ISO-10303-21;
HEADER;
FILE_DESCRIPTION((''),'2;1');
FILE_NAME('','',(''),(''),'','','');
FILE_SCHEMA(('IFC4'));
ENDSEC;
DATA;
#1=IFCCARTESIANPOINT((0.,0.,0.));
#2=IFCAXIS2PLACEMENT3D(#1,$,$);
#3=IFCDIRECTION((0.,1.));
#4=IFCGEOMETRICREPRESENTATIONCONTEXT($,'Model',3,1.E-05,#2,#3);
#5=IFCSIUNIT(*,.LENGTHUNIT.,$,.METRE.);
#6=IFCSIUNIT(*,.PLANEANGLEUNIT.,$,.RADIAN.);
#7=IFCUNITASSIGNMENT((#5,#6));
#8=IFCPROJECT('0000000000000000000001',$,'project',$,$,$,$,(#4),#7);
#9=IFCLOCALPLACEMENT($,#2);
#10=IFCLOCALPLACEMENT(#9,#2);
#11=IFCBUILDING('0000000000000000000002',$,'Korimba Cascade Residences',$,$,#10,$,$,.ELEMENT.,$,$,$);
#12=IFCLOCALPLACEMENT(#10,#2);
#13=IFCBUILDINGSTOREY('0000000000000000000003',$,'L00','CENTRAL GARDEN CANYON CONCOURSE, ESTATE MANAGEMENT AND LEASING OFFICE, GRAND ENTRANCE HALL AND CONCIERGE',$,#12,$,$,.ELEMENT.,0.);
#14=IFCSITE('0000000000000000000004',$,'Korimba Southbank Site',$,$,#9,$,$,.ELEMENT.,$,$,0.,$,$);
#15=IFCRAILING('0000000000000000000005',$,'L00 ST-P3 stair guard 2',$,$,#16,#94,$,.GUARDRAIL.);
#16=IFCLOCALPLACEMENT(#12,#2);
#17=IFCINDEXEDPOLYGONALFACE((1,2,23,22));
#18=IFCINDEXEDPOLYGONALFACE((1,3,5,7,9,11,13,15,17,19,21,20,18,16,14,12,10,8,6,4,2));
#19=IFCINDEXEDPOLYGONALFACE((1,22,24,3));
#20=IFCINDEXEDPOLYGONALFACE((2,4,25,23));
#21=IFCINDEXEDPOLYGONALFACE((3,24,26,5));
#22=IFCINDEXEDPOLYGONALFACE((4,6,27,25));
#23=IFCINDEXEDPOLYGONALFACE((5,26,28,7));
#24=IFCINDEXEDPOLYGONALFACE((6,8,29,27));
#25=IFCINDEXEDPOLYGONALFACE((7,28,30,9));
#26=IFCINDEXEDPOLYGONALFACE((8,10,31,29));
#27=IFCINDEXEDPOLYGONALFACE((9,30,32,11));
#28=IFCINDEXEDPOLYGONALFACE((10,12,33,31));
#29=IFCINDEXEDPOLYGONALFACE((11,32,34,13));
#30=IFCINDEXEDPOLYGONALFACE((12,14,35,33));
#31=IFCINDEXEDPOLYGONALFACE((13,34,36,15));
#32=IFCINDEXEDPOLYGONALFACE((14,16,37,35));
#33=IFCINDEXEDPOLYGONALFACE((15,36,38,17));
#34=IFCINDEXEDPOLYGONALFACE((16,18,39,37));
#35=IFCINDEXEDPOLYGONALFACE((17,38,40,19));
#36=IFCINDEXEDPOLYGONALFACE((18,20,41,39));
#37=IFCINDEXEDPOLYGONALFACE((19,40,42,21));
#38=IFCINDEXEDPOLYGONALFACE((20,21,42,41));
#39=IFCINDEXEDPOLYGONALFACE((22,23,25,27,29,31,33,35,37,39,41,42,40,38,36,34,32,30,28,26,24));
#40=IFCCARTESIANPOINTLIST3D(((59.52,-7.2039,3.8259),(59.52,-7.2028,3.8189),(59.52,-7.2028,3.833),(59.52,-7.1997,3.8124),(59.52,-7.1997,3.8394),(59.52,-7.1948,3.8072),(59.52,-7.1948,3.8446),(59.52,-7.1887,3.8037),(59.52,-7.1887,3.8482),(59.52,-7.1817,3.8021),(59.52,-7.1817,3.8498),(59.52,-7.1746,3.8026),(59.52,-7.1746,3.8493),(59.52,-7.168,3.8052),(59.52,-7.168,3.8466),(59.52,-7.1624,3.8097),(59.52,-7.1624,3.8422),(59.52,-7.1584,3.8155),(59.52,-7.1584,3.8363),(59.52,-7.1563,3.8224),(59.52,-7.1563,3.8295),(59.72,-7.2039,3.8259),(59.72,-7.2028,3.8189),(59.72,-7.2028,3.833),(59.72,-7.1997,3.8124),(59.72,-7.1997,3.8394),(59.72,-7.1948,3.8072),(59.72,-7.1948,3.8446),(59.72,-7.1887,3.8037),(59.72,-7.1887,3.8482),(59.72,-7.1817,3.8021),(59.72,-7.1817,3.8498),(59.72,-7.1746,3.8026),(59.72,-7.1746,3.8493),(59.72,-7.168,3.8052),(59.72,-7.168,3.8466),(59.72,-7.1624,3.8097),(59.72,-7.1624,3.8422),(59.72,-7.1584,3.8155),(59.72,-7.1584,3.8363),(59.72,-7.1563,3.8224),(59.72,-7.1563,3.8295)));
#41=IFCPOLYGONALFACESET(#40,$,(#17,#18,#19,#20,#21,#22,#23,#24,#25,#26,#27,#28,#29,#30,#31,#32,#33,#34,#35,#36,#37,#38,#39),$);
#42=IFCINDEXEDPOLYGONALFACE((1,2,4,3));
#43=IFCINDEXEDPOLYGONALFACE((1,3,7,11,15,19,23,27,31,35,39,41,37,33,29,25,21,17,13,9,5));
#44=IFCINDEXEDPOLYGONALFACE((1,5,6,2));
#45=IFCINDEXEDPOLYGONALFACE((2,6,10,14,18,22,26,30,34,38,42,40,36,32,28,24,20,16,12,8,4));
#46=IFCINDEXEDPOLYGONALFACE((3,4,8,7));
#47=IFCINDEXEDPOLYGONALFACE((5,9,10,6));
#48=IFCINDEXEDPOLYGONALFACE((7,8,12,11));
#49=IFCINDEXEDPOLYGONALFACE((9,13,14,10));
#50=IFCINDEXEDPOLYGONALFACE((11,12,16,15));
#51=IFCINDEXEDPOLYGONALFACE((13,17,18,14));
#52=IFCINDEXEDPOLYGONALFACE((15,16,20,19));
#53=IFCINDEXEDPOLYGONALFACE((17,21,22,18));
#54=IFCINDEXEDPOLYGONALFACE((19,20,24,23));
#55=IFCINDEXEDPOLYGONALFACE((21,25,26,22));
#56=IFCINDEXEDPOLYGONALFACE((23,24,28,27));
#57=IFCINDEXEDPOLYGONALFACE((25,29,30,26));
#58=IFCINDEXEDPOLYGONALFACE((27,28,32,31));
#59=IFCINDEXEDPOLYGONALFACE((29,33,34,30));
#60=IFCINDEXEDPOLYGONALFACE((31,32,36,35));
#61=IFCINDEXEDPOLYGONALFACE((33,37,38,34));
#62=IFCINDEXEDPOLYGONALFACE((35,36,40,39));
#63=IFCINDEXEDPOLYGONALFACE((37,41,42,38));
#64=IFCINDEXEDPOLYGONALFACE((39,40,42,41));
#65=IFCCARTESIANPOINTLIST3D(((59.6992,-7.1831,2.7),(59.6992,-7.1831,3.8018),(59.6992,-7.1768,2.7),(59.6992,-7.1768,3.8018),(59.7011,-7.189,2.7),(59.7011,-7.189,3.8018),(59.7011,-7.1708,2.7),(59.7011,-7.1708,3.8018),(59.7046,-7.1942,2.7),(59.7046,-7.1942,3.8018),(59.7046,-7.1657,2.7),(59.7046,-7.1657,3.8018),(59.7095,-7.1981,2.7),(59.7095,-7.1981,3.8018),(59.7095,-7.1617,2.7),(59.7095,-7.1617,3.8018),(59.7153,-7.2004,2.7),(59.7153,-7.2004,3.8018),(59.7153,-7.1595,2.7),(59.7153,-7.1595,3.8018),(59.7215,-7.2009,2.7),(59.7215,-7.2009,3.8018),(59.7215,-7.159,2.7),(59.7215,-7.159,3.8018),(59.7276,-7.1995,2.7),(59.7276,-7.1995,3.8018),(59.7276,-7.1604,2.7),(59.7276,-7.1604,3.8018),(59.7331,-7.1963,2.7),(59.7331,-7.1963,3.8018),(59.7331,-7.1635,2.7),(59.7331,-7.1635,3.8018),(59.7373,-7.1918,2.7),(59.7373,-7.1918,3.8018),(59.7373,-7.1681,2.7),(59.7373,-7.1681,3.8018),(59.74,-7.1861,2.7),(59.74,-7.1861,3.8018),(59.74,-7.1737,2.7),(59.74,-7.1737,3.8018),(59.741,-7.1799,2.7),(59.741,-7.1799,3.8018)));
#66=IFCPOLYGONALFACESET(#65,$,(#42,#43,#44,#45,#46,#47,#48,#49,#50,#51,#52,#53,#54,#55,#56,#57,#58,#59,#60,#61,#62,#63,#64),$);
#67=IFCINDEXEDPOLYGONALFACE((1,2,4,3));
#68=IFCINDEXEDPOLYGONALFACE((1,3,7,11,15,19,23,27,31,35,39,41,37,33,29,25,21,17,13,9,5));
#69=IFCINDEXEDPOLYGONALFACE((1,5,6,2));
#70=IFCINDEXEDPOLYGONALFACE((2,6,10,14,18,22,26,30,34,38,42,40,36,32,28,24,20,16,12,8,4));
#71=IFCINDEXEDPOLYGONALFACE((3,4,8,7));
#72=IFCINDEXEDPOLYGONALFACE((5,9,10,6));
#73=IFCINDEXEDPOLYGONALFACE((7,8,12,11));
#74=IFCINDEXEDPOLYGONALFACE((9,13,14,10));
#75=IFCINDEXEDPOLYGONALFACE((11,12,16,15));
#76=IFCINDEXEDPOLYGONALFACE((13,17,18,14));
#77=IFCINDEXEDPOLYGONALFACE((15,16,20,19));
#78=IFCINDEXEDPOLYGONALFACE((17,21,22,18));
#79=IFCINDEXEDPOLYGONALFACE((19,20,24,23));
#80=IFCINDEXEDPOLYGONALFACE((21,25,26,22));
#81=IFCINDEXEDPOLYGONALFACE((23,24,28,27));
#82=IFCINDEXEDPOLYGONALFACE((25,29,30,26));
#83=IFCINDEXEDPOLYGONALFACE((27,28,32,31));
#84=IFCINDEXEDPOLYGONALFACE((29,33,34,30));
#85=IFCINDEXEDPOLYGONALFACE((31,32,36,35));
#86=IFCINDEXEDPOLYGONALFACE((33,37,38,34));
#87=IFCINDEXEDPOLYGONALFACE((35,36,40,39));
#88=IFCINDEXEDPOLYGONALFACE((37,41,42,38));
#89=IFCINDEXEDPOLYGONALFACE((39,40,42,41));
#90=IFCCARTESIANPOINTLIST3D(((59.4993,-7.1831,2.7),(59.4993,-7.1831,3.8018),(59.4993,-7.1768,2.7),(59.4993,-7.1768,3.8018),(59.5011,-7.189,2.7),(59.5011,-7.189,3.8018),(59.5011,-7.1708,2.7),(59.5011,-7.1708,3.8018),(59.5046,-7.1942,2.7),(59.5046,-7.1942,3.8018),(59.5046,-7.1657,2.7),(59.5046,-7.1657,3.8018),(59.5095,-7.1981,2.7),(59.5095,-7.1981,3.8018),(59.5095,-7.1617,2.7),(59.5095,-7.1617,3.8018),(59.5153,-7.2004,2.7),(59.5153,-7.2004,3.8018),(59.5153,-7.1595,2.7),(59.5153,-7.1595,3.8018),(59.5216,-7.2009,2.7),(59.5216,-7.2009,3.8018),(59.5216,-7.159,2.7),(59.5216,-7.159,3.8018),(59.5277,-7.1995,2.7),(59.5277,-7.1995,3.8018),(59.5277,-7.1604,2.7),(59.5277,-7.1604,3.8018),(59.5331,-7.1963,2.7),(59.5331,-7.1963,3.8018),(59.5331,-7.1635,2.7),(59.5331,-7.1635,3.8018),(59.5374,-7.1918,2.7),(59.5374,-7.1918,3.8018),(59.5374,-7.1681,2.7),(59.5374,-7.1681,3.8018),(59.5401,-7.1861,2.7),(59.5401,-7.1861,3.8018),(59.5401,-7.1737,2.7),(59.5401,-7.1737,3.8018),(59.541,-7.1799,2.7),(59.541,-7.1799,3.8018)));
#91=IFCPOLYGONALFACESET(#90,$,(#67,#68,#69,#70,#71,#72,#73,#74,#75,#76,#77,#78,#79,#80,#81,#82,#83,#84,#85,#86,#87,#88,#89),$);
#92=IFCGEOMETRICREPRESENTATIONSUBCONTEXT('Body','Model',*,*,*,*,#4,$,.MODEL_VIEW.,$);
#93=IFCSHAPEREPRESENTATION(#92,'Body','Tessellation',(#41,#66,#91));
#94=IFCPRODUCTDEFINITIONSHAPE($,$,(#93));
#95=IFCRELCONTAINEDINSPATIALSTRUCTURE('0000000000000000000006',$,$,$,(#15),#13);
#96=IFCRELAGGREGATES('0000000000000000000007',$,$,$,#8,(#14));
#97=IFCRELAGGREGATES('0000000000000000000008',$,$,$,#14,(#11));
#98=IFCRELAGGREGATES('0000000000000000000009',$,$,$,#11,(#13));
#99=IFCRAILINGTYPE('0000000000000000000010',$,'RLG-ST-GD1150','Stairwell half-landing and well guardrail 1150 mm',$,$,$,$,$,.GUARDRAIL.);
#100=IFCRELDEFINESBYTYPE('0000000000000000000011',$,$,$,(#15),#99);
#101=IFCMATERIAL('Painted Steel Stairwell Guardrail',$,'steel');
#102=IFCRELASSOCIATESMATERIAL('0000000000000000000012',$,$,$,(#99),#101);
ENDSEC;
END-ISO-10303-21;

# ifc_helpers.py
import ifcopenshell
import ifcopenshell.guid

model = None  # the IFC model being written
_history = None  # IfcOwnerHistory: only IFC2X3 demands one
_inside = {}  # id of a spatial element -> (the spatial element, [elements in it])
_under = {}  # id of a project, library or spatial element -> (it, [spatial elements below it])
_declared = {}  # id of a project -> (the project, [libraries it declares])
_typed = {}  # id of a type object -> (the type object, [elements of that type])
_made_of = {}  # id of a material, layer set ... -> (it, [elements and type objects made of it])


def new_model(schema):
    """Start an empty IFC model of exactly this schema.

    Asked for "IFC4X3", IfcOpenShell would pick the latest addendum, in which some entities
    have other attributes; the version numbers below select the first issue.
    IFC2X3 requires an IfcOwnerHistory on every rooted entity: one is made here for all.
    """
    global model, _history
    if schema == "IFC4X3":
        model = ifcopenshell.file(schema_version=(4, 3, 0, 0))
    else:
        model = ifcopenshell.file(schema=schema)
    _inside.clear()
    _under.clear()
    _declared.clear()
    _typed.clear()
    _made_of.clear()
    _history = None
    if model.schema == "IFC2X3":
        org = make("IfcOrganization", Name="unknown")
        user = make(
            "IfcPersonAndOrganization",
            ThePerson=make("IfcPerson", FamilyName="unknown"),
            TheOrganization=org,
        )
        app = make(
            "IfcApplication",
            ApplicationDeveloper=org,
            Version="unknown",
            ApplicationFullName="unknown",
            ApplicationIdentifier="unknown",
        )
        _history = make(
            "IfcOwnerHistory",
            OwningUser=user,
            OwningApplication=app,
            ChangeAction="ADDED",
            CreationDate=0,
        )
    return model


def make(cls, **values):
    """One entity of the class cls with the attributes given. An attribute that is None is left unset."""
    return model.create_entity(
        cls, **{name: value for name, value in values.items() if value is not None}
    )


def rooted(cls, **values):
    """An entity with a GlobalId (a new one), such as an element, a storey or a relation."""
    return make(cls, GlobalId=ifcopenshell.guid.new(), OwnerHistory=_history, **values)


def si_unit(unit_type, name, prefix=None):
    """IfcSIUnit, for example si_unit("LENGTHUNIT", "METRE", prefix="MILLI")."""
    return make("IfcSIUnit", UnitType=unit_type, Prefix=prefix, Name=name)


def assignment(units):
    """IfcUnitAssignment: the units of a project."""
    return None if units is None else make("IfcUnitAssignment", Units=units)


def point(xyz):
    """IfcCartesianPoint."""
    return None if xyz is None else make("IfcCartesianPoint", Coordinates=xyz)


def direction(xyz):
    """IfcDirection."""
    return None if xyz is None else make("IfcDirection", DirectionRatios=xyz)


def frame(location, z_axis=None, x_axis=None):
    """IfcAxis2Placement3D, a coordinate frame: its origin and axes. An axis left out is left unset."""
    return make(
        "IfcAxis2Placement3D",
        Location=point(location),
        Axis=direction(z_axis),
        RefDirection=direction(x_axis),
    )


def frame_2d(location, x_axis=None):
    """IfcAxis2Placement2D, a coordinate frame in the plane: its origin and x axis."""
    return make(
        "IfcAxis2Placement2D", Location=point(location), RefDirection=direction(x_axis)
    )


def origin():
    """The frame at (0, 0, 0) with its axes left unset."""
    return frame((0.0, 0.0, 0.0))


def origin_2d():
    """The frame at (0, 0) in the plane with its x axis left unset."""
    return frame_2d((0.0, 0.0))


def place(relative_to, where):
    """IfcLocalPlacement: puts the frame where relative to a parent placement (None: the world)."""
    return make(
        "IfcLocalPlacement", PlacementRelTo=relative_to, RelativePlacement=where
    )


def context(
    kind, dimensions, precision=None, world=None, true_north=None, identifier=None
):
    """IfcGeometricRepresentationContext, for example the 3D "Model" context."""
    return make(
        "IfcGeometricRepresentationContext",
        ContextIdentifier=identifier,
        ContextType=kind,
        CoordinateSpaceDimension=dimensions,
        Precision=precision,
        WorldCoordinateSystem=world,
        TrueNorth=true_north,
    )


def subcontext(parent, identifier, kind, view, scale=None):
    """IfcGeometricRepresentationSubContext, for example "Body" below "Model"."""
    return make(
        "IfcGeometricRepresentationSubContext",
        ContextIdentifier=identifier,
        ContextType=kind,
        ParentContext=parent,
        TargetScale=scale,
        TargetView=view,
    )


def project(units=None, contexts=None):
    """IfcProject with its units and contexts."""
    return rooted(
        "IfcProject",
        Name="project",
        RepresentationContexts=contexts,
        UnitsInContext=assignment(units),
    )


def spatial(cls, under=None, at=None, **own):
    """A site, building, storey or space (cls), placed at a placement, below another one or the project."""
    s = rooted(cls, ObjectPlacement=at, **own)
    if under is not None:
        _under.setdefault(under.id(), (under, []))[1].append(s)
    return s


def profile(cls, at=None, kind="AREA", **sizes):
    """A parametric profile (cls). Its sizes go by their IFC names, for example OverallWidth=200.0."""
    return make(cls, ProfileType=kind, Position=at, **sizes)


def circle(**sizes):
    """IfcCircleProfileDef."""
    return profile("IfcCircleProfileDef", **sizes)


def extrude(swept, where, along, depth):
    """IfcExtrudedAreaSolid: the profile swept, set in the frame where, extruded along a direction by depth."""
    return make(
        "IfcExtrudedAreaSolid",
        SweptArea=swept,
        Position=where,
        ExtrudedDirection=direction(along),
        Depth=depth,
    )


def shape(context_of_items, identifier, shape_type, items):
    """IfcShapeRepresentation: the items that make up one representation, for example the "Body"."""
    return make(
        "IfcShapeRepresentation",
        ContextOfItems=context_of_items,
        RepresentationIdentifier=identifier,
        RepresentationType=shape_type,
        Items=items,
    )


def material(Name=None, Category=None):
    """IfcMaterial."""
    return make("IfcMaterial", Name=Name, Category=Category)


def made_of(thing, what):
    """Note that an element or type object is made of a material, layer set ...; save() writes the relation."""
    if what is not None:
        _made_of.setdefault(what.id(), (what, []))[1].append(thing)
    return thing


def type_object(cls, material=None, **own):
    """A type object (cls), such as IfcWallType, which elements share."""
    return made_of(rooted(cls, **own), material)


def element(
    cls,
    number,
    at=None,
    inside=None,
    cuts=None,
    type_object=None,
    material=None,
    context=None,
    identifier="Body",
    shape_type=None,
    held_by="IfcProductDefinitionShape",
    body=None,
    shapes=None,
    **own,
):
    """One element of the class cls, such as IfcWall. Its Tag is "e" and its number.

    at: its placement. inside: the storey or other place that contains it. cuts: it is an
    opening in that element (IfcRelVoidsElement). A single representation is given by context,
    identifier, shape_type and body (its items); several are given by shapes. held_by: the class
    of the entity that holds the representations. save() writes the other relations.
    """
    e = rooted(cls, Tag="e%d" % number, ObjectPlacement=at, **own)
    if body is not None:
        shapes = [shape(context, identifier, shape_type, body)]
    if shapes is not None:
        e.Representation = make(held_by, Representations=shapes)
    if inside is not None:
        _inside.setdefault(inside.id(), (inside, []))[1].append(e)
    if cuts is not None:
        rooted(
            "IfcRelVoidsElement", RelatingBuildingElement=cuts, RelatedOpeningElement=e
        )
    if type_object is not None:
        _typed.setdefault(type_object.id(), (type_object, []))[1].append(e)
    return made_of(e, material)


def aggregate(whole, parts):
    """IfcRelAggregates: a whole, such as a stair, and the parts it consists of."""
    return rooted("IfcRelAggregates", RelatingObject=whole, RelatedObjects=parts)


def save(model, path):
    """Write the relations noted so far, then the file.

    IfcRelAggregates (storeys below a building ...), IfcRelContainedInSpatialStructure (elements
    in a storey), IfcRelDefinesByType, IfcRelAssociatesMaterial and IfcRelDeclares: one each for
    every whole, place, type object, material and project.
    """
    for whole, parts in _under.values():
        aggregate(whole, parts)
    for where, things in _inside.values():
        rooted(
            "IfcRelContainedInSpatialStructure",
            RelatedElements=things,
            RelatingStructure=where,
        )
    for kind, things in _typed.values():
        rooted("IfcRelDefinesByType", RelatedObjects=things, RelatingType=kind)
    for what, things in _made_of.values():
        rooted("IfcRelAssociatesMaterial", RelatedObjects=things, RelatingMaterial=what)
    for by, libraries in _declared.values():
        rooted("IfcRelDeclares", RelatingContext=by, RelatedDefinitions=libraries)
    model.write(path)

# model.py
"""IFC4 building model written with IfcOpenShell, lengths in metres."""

from ifc_helpers import new_model, si_unit, direction, frame, origin, origin_2d, place, context, subcontext, project, spatial, circle, extrude, material, type_object, element, save


model = new_model("IFC4")

# Units and contexts
model_context = context("Model", 3, precision=1e-05, world=origin(), true_north=direction((0.0, 1.0)))
body_context = subcontext(model_context, "Body", "Model", "MODEL_VIEW")
ifc_project = project(units=[si_unit("LENGTHUNIT", "METRE"), si_unit("PLANEANGLEUNIT", "RADIAN")], contexts=[model_context])

# Site, building, storey
site_placement = place(None, origin())
site = spatial("IfcSite", under=ifc_project, at=site_placement, Name="Korimba Southbank Site", CompositionType="ELEMENT", RefElevation=0.0)
building_placement = place(site_placement, origin())
building = spatial("IfcBuilding", under=site, at=building_placement, Name="Korimba Cascade Residences", CompositionType="ELEMENT")
storey_placement = place(building_placement, origin())
storey = spatial("IfcBuildingStorey", under=building, at=storey_placement, Name="L00", Description="CENTRAL GARDEN CANYON CONCOURSE, ESTATE MANAGEMENT AND LEASING OFFICE, GRAND ENTRANCE HALL AND CONCIERGE", CompositionType="ELEMENT", Elevation=0.0)

# Railing
ifc_material_1 = material(Name="Painted Steel Stairwell Guardrail", Category="steel")
railing_type_1 = type_object("IfcRailingType", Name="RLG-ST-GD1150", Description="Stairwell half-landing and well guardrail 1150 mm", PredefinedType="GUARDRAIL", material=ifc_material_1)
railing_1_placement = place(storey_placement, frame((59.72, -7.1799, 2.7)))
element("IfcRailing", 1, at=railing_1_placement, inside=storey, type_object=railing_type_1, Name="L00 ST-P3 stair guard 2", PredefinedType="GUARDRAIL", context=body_context, shape_type="SweptSolid", body=[
    extrude(circle(Radius=0.0239, at=origin_2d()), frame((0.0, 0.0, 1.126), z_axis=(-1.0, 0.0, 0.0), x_axis=(0.0, -1.0, 0.0)), (0.0, 0.0, 1.0), 0.2),
    extrude(circle(Radius=0.021, at=origin_2d()), origin(), (0.0, 0.0, 1.0), 1.1018),
    extrude(circle(Radius=0.021, at=origin_2d()), frame((-0.2, 0.0, 0.0)), (0.0, 0.0, 1.0), 1.1018),
])

save(model, "model.ifc")
